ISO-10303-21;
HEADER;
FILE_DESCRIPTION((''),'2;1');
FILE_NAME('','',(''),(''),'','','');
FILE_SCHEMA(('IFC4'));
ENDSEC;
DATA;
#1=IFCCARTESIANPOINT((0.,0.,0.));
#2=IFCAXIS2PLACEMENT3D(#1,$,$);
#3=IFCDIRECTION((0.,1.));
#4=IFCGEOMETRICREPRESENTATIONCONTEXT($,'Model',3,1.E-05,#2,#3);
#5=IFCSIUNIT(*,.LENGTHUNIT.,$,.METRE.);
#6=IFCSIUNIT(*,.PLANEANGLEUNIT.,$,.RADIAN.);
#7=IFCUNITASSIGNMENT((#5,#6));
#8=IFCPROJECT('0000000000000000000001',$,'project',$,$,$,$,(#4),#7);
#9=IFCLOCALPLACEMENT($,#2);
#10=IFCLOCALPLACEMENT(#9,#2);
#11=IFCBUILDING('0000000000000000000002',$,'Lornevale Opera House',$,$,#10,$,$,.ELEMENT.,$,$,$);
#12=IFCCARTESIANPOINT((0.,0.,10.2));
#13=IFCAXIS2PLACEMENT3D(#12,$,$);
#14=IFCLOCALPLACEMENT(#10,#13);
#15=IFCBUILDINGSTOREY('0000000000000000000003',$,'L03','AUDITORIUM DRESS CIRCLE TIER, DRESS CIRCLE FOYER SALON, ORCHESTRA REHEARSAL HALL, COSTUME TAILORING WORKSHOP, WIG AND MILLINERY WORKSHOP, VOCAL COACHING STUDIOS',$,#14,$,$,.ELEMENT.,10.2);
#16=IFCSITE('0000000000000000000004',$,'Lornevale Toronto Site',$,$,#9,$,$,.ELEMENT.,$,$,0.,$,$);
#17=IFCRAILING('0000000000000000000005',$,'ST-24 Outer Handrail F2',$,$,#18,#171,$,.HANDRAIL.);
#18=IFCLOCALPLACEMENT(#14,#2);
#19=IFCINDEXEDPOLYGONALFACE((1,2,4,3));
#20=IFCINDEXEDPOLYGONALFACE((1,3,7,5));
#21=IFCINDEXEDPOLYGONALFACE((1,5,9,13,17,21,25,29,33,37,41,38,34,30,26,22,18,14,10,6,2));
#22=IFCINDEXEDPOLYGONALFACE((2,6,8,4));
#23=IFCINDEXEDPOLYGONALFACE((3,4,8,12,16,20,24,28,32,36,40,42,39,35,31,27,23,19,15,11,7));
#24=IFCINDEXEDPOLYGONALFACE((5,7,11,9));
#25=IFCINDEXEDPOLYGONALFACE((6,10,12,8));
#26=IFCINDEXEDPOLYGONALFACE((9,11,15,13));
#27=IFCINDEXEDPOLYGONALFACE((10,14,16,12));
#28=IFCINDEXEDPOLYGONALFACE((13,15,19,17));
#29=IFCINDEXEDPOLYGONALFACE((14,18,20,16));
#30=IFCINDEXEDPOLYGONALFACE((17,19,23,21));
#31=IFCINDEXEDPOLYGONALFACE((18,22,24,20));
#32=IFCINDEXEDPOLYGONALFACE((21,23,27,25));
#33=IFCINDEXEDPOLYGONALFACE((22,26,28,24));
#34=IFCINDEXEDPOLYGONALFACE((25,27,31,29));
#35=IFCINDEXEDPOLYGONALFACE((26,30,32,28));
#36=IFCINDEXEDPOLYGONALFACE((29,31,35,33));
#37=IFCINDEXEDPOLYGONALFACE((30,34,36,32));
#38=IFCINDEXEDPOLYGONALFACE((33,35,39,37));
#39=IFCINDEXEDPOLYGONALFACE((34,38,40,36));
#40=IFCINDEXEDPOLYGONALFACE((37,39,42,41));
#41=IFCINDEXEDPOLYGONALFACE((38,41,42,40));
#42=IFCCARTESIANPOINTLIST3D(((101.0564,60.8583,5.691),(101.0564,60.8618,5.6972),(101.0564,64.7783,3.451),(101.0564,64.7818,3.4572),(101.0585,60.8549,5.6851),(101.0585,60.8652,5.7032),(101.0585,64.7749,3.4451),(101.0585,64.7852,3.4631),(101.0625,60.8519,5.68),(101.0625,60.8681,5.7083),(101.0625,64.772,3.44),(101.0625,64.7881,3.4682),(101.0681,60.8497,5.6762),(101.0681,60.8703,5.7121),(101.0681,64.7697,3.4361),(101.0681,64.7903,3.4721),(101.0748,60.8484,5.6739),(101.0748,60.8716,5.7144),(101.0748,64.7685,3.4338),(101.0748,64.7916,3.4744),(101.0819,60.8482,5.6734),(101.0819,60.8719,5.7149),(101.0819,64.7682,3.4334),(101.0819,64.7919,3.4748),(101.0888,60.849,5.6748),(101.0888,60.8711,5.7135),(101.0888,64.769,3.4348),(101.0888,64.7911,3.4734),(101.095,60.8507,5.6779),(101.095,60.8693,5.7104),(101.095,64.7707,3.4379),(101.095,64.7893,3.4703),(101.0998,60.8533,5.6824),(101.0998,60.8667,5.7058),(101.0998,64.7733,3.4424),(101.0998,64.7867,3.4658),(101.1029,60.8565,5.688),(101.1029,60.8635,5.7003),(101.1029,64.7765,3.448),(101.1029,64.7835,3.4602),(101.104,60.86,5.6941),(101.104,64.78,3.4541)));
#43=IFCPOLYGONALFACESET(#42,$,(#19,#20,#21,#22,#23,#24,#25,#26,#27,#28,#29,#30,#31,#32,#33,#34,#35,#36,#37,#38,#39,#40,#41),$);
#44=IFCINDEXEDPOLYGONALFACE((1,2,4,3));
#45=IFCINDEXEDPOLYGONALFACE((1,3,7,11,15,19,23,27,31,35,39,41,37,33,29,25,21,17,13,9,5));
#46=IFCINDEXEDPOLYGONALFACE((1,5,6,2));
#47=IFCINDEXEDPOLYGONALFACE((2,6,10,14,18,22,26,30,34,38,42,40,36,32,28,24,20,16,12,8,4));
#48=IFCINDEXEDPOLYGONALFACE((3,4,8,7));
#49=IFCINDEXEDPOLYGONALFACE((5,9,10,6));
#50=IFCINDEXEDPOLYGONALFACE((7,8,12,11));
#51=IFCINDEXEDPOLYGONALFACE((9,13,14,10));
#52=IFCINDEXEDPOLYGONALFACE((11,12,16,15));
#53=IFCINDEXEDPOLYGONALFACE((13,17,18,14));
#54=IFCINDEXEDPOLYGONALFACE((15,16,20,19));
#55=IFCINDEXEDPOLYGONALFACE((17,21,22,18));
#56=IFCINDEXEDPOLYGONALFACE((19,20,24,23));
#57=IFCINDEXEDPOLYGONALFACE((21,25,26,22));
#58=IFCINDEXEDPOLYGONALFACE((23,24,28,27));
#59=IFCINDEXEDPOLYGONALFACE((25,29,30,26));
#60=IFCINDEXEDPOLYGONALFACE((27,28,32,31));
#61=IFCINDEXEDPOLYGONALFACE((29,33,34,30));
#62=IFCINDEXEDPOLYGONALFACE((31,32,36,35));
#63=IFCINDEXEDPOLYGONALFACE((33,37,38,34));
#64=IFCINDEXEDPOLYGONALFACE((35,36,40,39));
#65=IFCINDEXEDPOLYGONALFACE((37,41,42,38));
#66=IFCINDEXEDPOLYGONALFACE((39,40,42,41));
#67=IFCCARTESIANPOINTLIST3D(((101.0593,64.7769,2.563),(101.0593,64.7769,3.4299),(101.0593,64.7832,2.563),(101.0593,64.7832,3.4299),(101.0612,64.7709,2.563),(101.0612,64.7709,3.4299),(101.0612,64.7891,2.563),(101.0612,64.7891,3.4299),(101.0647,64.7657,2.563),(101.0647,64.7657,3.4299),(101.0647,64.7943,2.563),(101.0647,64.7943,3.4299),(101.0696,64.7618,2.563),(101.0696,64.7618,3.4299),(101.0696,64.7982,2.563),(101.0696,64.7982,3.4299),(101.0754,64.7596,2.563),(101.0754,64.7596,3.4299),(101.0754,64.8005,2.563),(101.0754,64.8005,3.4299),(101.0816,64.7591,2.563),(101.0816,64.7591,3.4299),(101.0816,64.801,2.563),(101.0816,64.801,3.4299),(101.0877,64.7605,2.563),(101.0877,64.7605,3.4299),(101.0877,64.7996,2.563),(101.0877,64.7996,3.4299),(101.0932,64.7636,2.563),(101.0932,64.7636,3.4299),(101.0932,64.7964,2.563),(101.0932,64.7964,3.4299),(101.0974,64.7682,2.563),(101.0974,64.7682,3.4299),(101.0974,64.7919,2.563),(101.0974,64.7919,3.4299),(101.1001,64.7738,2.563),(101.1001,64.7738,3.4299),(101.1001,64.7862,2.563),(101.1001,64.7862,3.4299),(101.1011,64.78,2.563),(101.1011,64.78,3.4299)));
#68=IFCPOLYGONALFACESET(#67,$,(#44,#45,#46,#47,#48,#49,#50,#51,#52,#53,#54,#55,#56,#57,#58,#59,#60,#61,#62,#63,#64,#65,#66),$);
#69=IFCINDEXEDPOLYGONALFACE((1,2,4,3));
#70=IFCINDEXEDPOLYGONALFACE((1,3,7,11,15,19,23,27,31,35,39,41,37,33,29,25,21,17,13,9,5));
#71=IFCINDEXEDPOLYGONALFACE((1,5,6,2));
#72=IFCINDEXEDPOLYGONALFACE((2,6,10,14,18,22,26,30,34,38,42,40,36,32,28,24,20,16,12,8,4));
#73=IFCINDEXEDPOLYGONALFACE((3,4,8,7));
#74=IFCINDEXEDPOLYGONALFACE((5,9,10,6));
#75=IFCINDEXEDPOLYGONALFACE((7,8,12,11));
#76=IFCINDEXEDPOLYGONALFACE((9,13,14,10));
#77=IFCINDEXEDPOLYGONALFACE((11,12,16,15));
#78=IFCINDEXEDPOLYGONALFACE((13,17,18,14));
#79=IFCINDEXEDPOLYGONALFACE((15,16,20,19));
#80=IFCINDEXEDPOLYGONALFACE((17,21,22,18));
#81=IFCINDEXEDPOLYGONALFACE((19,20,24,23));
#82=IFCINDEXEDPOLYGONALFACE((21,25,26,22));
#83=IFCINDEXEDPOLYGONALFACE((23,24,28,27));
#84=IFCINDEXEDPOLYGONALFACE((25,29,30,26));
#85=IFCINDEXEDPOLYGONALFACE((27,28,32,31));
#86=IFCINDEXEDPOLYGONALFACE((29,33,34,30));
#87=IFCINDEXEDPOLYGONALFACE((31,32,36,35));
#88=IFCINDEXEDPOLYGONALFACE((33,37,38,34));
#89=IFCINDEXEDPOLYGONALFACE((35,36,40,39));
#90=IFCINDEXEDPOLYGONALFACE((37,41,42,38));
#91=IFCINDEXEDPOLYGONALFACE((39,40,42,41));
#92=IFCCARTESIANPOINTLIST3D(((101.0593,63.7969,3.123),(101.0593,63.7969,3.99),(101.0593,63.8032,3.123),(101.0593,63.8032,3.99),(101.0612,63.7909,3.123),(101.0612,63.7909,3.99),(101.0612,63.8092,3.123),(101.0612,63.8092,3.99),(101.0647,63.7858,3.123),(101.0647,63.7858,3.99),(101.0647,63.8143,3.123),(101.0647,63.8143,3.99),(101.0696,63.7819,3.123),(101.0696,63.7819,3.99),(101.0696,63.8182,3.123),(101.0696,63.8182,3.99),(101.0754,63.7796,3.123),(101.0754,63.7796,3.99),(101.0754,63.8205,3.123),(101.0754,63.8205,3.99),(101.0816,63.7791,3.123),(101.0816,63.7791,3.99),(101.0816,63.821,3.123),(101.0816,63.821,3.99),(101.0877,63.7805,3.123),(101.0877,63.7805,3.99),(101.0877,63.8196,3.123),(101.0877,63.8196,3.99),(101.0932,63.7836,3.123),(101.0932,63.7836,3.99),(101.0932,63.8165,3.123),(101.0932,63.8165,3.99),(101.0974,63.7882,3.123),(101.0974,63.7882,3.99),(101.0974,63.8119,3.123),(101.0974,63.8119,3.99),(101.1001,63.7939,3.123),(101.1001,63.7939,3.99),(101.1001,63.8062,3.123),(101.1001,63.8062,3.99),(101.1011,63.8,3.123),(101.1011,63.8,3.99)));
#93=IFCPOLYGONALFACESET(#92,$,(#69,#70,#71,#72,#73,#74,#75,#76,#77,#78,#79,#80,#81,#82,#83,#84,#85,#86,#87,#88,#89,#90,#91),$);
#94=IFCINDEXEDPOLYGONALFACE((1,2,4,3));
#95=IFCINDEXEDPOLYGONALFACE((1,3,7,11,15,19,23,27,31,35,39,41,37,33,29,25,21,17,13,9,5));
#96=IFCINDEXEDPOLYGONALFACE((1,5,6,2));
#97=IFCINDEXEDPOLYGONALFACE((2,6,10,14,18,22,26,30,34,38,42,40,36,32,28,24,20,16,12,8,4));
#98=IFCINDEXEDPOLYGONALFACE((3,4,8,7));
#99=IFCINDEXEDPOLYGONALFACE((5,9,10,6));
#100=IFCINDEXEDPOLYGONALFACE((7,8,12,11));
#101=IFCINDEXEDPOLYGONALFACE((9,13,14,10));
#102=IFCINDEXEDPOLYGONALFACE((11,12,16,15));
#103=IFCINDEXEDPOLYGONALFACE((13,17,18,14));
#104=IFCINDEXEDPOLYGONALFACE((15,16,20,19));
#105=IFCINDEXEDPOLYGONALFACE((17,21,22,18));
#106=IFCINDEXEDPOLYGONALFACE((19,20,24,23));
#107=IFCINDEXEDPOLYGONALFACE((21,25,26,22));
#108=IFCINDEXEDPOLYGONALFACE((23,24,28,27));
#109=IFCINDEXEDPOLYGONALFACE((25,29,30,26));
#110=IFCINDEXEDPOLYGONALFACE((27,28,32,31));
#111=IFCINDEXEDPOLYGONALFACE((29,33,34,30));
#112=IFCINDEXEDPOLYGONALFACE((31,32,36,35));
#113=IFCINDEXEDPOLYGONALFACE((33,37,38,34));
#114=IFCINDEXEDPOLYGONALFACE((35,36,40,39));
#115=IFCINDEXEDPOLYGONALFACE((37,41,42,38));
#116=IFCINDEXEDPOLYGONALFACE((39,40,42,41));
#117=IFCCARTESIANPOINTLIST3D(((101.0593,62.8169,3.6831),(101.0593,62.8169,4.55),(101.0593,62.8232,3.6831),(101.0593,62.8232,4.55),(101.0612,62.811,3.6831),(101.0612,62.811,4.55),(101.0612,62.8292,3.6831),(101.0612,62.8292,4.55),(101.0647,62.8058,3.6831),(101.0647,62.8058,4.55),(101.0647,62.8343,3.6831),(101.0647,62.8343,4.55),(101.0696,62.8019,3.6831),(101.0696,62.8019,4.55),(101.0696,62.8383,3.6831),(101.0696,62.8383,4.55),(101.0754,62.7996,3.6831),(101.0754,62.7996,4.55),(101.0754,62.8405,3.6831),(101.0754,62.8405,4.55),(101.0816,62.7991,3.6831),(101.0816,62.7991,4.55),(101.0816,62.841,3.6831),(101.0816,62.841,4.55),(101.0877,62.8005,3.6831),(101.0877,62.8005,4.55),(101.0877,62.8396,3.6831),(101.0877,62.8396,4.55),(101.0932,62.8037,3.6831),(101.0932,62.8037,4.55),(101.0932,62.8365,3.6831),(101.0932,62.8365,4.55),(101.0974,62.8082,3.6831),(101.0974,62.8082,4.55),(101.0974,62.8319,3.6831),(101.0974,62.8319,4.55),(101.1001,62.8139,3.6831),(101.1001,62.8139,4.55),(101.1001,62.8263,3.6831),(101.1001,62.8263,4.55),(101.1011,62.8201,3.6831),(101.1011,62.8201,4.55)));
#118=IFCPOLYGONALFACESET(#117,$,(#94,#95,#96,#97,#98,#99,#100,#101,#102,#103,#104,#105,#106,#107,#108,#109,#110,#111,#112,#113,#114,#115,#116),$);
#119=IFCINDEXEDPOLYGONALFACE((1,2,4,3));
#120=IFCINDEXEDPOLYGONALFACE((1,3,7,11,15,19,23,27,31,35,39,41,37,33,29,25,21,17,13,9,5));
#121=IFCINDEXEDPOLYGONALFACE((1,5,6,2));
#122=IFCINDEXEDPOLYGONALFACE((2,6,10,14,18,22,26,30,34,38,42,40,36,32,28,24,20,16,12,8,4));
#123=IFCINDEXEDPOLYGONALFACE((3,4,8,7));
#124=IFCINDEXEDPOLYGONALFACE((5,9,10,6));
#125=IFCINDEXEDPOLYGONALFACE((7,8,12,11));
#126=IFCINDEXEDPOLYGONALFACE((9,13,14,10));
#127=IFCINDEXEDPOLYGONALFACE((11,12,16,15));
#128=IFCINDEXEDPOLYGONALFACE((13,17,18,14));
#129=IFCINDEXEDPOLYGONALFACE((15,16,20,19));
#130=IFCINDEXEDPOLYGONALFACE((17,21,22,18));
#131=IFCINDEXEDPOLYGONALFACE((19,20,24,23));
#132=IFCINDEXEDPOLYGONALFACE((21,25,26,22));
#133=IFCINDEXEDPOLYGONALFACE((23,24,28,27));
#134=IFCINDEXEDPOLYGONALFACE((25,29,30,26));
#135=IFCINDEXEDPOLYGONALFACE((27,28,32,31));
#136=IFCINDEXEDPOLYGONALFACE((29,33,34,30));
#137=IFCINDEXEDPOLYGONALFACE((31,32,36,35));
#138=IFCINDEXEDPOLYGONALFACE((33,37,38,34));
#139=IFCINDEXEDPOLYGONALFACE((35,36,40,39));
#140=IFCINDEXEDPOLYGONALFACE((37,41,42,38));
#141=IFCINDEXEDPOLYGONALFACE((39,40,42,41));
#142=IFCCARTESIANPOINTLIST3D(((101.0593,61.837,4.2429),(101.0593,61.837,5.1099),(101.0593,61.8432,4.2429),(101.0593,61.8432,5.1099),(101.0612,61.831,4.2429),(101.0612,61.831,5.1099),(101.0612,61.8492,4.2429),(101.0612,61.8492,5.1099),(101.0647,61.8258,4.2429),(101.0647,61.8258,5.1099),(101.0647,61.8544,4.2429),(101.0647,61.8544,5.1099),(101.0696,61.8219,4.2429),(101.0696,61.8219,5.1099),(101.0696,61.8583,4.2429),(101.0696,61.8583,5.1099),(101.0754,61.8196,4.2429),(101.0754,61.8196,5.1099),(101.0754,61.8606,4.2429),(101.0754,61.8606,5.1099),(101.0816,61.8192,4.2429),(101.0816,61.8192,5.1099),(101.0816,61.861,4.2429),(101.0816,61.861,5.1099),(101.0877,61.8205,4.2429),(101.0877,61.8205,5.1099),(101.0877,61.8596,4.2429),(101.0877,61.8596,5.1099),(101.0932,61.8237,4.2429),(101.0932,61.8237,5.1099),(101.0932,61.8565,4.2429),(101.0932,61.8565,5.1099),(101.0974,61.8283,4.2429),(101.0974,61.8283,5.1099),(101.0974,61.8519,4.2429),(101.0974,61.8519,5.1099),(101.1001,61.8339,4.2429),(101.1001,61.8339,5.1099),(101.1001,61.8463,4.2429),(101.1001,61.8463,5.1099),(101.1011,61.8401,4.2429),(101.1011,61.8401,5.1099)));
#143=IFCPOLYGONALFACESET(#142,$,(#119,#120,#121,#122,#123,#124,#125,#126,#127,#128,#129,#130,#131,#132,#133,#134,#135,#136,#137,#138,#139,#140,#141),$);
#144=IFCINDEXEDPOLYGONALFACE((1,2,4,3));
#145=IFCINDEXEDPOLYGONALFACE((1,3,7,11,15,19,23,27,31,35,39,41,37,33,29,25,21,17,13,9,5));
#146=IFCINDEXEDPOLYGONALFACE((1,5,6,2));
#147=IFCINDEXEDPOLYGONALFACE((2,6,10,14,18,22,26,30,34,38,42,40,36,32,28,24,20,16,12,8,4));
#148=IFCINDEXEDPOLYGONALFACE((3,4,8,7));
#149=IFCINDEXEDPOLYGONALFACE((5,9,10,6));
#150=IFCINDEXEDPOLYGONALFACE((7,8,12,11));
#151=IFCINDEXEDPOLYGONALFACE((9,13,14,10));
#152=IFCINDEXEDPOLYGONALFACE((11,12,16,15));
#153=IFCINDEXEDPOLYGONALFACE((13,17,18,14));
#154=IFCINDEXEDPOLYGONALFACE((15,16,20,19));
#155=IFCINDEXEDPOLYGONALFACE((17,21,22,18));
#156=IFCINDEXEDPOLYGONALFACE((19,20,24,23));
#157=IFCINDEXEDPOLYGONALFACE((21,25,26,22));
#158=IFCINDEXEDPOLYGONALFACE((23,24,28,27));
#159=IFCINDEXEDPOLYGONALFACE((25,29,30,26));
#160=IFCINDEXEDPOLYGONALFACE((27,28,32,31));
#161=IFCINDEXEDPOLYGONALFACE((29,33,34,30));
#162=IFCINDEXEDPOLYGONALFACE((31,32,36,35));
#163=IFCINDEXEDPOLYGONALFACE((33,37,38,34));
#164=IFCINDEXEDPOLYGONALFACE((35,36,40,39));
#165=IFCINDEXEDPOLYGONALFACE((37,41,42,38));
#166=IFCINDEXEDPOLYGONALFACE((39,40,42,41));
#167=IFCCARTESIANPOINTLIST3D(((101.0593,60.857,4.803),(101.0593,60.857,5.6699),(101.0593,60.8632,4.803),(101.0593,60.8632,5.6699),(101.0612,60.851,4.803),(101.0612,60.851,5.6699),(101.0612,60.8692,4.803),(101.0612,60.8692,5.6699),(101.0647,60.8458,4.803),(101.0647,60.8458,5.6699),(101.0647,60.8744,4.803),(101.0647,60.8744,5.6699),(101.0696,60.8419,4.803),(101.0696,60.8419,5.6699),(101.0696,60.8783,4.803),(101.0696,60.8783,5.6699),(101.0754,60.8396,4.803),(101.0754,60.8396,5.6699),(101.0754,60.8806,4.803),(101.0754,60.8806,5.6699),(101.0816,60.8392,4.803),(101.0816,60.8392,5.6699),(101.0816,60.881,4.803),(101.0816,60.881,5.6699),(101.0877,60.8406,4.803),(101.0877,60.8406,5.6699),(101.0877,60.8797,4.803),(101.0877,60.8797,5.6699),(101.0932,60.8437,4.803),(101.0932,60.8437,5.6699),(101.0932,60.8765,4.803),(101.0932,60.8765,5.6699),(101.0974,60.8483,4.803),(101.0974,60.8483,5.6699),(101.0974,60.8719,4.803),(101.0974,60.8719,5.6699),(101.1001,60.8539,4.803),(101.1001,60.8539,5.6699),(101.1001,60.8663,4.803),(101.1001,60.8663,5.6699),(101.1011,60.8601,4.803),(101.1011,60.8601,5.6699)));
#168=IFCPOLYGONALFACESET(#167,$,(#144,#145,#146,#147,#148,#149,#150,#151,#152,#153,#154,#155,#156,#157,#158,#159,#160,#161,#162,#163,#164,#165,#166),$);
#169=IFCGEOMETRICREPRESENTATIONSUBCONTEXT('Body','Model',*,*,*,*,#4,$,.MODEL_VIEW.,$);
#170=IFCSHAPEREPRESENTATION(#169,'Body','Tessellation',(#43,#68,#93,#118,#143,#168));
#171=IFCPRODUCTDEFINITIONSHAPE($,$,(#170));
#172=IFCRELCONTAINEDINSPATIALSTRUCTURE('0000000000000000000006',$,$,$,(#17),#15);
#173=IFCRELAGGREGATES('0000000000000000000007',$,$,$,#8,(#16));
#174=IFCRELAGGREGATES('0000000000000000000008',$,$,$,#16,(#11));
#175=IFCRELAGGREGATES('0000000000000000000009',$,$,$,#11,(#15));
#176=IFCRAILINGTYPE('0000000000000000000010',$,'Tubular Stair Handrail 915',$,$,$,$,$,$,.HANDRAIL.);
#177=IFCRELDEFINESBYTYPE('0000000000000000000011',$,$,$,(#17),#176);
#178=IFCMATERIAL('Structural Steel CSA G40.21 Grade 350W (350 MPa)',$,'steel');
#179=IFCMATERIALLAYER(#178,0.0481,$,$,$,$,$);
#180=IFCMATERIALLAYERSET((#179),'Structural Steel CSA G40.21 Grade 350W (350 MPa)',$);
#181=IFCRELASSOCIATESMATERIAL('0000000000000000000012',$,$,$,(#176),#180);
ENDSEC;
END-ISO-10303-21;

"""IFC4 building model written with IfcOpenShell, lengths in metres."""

from ifc_helpers import new_model, si_unit, direction, frame, origin, origin_2d, place, context, subcontext, project, spatial, circle, extrude, material, layer, layer_set, type_object, element, save


model = new_model("IFC4")

# Units and contexts
model_context = context("Model", 3, precision=1e-05, world=origin(), true_north=direction((0.0, 1.0)))
body_context = subcontext(model_context, "Body", "Model", "MODEL_VIEW")
ifc_project = project(units=[si_unit("LENGTHUNIT", "METRE"), si_unit("PLANEANGLEUNIT", "RADIAN")], contexts=[model_context])

# Site, building, storey
site_placement = place(None, origin())
site = spatial("IfcSite", under=ifc_project, at=site_placement, Name="Lornevale Toronto Site", CompositionType="ELEMENT", RefElevation=0.0)
building_placement = place(site_placement, origin())
building = spatial("IfcBuilding", under=site, at=building_placement, Name="Lornevale Opera House", CompositionType="ELEMENT")
storey_placement = place(building_placement, frame((0.0, 0.0, 10.2)))
storey = spatial("IfcBuildingStorey", under=building, at=storey_placement, Name="L03", Description="AUDITORIUM DRESS CIRCLE TIER, DRESS CIRCLE FOYER SALON, ORCHESTRA REHEARSAL HALL, COSTUME TAILORING WORKSHOP, WIG AND MILLINERY WORKSHOP, VOCAL COACHING STUDIOS", CompositionType="ELEMENT", Elevation=10.2)

# Shared definitions
ifc_material_1 = material(Name="Structural Steel CSA G40.21 Grade 350W (350 MPa)", Category="steel")

# Railing
ifc_layer_1 = layer(ifc_material_1, 0.0481)
ifc_layer_set_1 = layer_set([ifc_layer_1], Name="Structural Steel CSA G40.21 Grade 350W (350 MPa)")
railing_type_1 = type_object("IfcRailingType", Name="Tubular Stair Handrail 915", PredefinedType="HANDRAIL", material=ifc_layer_set_1)
railing_1_placement = place(storey_placement, frame((101.0801, 64.78, 2.563)))
element("IfcRailing", 1, at=railing_1_placement, inside=storey, type_object=railing_type_1, Name="ST-24 Outer Handrail F2", PredefinedType="HANDRAIL", context=body_context, shape_type="SweptSolid", body=[
    extrude(circle(Radius=0.0239, at=origin_2d()), frame((0.0, 0.0, 0.8911), z_axis=(0.0, -0.86824, 0.496145), x_axis=(1.0, 0.0, 0.0)), (0.0, 0.0, 1.0), 4.5149),
    extrude(circle(Radius=0.021, at=origin_2d()), origin(), (0.0, 0.0, 1.0), 0.8669),
    extrude(circle(Radius=0.021, at=origin_2d()), frame((0.0, -0.98, 0.5601)), (0.0, 0.0, 1.0), 0.8669),
    extrude(circle(Radius=0.021, at=origin_2d()), frame((0.0, -1.96, 1.1201)), (0.0, 0.0, 1.0), 0.8669),
    extrude(circle(Radius=0.021, at=origin_2d()), frame((0.0, -2.9399, 1.6799)), (0.0, 0.0, 1.0), 0.8669),
    extrude(circle(Radius=0.021, at=origin_2d()), frame((0.0, -3.9199, 2.24)), (0.0, 0.0, 1.0), 0.8669),
])

save(model, "model.ifc")
